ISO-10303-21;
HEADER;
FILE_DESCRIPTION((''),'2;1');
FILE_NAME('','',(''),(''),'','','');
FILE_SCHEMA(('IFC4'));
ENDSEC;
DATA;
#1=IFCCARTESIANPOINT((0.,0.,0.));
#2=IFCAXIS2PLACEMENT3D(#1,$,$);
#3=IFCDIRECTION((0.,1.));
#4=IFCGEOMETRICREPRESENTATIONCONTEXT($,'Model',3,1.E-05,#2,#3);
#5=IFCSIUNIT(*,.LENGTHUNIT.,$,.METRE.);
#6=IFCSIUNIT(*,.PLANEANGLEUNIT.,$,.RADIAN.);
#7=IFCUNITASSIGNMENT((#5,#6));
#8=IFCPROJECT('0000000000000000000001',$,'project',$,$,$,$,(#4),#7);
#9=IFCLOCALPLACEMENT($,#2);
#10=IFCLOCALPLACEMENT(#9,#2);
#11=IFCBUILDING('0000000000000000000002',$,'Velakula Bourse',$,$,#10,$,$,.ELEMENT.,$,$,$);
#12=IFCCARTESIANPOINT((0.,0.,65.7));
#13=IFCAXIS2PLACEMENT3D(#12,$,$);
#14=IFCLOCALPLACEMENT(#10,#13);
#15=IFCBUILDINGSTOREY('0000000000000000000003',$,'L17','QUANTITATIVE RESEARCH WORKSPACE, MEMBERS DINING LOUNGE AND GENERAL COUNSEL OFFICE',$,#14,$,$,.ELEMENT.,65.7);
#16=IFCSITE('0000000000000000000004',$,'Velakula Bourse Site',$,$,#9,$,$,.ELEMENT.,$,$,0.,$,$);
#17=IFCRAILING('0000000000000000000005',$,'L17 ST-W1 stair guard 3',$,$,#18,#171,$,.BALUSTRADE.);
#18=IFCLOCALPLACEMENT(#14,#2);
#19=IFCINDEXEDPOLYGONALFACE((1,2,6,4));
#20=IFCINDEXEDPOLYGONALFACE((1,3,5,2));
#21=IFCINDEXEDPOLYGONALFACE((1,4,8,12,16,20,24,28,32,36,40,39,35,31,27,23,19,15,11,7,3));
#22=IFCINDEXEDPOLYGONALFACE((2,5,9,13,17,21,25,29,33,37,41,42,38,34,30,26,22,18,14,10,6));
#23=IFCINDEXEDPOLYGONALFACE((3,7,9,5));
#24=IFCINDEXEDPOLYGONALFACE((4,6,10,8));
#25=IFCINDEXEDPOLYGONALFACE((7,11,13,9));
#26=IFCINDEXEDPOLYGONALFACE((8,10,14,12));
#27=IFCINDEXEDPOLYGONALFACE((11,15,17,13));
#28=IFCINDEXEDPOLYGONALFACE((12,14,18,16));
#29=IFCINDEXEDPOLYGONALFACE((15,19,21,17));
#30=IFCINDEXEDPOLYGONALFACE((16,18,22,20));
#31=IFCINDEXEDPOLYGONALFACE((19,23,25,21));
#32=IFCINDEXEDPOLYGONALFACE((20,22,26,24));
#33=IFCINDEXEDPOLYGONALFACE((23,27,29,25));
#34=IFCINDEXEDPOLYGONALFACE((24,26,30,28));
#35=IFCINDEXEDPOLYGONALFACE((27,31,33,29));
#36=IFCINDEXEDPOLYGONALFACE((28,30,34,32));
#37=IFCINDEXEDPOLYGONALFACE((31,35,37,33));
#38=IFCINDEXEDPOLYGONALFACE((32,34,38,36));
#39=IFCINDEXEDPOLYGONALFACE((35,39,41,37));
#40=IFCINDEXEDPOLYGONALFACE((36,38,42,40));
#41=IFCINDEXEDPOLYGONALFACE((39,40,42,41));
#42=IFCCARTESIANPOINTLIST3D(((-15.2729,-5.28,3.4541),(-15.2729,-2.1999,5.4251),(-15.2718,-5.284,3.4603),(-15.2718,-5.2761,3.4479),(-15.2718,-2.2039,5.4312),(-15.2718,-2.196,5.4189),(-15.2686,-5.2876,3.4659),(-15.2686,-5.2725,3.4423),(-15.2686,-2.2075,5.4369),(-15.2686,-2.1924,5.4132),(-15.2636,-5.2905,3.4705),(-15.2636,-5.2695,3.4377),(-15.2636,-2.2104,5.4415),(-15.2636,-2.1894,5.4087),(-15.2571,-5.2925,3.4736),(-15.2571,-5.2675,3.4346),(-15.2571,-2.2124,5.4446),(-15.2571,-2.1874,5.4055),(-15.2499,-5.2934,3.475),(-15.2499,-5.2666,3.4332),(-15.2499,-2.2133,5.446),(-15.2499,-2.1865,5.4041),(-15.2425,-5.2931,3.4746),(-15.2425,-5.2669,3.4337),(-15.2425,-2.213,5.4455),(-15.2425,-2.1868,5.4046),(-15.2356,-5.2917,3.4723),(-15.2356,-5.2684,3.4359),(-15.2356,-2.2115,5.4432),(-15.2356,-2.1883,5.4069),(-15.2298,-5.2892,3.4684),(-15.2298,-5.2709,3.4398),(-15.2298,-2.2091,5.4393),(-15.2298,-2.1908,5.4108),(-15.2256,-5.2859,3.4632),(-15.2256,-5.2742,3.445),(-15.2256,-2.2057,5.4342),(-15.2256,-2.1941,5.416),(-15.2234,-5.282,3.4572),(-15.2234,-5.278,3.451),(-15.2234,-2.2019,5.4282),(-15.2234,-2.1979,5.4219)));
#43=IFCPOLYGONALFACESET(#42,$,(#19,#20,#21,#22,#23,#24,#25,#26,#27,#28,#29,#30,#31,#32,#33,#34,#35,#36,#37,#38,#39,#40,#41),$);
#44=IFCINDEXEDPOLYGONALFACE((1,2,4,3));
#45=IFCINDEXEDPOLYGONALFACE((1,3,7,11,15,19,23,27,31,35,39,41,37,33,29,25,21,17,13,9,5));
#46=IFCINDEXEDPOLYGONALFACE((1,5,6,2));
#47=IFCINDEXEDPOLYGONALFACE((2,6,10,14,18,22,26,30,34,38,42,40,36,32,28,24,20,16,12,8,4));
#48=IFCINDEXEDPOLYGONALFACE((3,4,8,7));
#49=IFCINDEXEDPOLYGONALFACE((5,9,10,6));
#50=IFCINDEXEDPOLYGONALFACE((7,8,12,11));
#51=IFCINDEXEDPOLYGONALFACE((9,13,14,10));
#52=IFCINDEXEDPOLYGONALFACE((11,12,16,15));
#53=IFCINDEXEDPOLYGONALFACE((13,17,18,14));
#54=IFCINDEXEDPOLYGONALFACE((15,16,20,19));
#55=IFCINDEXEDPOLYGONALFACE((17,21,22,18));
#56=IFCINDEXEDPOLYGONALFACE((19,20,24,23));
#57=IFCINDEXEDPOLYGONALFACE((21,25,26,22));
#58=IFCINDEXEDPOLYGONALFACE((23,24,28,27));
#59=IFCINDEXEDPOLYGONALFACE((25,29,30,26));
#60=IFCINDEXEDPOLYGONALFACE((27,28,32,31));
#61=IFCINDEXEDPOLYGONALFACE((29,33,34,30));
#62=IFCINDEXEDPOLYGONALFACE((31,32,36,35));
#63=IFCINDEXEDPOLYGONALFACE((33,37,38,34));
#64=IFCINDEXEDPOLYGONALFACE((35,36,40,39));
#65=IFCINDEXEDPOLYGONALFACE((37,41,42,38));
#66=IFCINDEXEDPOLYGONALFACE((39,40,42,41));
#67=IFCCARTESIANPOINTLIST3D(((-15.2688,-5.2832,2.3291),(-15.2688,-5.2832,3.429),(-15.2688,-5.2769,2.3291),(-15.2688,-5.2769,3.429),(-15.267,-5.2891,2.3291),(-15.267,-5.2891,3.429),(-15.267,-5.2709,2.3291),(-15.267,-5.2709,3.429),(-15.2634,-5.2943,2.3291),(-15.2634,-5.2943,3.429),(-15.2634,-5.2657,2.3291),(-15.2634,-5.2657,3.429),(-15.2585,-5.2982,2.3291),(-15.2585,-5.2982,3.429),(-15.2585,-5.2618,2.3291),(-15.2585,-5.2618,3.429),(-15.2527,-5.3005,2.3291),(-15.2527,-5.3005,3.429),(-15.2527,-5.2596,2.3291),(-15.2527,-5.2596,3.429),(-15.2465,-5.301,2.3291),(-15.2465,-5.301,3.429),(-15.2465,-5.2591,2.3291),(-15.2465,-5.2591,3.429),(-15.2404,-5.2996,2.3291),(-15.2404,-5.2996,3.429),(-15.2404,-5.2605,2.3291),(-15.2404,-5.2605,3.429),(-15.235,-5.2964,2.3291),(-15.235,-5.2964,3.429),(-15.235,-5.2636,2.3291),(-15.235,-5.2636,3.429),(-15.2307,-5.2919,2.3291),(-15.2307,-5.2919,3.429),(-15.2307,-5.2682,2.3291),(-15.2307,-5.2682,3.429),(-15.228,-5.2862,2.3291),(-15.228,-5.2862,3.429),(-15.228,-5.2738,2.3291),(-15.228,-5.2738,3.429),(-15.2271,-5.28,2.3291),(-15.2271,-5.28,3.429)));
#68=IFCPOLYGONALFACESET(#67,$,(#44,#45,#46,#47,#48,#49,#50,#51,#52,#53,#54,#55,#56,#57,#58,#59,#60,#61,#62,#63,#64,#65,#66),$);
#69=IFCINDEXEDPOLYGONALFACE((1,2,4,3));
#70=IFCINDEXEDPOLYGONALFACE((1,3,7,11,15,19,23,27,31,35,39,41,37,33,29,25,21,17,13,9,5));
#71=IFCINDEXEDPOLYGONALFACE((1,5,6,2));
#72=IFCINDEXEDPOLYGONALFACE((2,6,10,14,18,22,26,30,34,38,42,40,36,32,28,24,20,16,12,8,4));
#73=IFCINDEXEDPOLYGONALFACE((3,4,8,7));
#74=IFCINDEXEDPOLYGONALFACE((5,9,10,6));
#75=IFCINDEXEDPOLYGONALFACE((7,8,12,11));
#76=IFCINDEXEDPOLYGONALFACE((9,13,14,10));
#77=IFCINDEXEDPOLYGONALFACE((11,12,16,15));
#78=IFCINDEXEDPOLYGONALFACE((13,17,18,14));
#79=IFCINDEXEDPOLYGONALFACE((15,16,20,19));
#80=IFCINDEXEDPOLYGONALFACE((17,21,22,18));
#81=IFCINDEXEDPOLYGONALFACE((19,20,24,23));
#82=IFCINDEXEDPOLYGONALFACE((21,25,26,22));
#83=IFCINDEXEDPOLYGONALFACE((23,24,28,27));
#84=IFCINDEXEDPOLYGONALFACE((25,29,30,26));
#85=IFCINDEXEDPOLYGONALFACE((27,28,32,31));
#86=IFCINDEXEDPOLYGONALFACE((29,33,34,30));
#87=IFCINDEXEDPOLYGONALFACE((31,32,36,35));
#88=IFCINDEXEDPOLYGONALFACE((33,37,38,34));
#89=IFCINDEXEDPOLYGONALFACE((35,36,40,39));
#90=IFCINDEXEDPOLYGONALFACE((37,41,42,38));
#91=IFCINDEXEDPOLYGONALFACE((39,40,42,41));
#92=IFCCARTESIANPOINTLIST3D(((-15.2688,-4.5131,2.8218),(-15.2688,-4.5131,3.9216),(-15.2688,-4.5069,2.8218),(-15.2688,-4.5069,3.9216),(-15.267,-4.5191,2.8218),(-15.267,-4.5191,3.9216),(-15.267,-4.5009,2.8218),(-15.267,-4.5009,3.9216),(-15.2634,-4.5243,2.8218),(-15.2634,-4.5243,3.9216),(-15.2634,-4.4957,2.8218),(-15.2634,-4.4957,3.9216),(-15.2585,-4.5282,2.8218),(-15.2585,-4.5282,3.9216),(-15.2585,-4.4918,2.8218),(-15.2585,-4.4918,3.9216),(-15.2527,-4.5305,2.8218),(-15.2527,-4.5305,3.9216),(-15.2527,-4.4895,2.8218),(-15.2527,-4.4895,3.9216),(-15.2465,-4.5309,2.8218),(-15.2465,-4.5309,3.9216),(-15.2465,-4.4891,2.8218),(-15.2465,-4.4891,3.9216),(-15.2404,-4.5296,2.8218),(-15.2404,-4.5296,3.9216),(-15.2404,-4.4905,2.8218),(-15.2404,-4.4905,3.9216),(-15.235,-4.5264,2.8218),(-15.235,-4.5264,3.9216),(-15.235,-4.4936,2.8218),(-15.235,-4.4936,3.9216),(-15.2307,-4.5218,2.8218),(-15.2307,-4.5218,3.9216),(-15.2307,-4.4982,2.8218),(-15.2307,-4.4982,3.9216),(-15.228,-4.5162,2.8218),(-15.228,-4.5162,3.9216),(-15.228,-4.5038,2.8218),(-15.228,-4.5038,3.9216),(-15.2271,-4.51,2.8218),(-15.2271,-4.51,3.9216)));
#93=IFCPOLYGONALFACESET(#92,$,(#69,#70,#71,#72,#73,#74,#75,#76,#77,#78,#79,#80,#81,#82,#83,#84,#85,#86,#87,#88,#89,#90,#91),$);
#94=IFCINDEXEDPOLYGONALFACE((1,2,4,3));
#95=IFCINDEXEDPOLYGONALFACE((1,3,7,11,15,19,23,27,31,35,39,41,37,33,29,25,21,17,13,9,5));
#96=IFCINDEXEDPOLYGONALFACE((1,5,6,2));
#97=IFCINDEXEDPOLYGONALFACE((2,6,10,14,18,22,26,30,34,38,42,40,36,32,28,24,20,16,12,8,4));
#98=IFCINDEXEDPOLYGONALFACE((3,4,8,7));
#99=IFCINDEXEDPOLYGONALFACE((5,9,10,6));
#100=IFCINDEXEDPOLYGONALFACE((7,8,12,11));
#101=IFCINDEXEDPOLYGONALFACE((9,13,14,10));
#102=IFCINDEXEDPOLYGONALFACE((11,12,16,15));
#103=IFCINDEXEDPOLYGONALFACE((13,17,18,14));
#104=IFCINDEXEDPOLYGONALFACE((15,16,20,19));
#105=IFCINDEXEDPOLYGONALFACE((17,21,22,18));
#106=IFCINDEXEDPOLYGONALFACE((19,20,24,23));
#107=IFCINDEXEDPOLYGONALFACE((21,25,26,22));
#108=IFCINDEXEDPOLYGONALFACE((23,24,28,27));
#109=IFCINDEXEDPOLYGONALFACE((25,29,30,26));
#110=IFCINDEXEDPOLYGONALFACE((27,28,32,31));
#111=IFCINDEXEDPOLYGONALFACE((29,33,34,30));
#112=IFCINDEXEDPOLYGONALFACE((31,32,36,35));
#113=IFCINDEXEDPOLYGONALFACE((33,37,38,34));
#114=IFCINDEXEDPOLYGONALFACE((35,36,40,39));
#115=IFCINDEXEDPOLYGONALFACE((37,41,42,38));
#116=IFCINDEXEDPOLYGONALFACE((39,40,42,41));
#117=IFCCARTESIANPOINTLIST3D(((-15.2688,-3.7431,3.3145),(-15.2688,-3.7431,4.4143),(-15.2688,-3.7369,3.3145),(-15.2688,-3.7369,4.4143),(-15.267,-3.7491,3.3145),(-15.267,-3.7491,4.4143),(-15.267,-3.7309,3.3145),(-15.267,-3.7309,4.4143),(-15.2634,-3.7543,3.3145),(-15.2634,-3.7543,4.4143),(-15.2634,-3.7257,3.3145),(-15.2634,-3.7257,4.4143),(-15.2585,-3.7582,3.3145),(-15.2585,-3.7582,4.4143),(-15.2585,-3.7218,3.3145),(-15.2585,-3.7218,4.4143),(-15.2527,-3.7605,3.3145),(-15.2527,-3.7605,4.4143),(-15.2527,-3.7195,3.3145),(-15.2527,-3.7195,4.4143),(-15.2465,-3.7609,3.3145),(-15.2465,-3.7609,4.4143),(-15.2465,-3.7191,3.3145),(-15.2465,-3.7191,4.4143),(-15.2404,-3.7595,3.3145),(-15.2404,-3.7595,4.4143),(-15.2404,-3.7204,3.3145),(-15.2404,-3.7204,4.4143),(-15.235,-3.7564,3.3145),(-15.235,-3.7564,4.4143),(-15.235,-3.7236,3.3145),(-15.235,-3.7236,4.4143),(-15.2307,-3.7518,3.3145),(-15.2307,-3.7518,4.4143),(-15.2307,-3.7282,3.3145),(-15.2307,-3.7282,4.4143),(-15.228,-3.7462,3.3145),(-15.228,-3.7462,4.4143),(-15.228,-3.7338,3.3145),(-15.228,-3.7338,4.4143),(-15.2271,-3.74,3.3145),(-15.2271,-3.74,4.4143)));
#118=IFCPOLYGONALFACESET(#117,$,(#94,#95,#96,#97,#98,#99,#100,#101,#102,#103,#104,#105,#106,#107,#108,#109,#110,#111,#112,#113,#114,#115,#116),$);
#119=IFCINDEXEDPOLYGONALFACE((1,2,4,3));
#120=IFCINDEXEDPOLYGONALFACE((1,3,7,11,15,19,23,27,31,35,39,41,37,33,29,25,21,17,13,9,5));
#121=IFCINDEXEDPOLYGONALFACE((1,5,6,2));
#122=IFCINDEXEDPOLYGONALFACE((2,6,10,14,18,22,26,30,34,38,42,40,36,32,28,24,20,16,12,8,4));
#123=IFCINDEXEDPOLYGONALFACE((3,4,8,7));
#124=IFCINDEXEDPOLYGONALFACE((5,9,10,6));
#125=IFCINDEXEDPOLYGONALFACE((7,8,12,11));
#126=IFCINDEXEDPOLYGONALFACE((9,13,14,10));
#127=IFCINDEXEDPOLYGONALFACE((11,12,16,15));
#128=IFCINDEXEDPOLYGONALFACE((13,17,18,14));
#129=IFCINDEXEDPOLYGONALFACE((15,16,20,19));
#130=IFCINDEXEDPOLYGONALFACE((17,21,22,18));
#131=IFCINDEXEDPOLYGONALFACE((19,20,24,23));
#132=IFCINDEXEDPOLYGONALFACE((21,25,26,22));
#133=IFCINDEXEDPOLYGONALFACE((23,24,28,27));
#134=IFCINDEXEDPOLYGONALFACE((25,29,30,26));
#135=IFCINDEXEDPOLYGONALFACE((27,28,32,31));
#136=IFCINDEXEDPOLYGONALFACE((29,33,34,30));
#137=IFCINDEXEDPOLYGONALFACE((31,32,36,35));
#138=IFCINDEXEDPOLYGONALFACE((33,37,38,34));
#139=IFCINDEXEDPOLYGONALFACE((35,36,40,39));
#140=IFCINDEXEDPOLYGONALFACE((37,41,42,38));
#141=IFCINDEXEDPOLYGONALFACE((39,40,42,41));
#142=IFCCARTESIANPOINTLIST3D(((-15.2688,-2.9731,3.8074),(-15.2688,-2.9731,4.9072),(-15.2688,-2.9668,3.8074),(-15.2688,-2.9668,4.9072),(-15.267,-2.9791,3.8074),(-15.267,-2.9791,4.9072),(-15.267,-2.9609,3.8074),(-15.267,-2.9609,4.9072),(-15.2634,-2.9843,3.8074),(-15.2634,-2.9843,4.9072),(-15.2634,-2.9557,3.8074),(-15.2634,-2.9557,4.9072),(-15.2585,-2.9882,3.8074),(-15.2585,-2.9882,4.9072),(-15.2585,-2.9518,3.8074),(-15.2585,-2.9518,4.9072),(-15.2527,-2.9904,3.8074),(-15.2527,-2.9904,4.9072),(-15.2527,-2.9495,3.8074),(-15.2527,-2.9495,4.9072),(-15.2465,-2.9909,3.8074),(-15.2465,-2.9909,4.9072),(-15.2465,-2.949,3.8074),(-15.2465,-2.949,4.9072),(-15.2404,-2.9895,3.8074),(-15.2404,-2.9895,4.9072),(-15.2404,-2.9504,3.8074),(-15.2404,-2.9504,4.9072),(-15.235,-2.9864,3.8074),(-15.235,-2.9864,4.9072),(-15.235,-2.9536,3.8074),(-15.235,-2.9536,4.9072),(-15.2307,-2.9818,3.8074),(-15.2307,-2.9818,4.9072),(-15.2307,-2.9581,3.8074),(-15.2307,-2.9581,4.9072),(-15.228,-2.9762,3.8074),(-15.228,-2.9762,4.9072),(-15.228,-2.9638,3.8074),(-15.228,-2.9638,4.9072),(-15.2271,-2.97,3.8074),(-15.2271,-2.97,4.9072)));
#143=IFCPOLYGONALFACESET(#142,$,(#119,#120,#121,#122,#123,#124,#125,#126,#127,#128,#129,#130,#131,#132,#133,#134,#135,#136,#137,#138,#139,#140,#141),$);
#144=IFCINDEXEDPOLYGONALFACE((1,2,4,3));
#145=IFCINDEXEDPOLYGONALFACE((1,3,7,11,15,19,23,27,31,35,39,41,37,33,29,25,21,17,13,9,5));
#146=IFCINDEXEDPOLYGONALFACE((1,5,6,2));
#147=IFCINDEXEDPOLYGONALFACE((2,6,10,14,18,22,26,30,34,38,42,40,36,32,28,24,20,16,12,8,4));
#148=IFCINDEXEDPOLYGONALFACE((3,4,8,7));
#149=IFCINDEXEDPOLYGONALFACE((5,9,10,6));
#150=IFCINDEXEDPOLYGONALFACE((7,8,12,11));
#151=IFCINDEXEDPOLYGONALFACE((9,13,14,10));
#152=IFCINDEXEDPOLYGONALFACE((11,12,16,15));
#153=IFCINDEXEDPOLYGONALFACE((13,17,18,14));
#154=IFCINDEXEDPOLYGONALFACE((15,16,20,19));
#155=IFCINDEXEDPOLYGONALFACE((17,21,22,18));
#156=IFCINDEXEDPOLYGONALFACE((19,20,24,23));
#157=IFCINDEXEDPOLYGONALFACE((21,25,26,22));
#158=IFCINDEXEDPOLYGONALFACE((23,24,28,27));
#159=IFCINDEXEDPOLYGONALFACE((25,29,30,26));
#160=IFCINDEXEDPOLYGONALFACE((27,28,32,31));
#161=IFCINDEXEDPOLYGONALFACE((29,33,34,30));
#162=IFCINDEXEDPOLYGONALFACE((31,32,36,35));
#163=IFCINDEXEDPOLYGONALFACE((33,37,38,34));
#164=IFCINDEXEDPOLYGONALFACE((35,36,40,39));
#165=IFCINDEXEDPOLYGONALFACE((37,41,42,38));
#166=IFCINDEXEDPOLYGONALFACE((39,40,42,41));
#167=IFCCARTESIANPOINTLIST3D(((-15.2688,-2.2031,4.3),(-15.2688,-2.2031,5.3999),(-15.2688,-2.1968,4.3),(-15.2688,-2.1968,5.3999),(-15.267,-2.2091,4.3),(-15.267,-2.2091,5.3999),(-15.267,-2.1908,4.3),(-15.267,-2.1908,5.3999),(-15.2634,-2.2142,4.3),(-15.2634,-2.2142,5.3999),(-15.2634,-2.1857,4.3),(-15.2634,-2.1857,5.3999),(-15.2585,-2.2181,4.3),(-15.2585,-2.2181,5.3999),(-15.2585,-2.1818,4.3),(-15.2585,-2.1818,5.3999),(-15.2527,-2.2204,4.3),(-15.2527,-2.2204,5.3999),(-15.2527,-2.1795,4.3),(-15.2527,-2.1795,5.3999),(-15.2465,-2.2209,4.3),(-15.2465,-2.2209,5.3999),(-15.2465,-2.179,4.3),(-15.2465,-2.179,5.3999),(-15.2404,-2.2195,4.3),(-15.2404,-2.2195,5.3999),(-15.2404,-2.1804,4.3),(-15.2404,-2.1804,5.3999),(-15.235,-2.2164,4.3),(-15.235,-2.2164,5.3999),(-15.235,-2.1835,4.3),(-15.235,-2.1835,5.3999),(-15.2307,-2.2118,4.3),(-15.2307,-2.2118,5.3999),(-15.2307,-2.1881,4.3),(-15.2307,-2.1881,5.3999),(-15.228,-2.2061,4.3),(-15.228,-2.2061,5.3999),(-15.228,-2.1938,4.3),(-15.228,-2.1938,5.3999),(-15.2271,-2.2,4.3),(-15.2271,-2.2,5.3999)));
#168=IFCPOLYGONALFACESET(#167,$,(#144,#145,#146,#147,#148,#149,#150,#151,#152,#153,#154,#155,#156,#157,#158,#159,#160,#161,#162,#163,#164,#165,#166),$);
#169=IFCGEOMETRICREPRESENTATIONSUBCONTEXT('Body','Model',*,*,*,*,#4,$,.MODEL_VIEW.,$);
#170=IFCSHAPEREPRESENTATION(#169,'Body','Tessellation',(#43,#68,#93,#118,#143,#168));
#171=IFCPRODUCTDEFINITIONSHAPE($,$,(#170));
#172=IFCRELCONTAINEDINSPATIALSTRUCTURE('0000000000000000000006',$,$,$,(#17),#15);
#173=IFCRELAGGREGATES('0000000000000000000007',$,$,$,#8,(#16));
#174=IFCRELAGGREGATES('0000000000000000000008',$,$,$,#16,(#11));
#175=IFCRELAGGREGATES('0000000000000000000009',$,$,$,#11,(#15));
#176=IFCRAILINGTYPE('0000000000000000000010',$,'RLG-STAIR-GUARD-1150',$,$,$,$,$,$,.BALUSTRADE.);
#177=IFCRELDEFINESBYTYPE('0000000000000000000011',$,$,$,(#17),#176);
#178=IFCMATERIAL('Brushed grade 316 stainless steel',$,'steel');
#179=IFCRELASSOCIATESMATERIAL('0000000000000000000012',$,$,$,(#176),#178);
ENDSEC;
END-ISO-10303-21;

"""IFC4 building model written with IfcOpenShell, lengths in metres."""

from ifc_helpers import new_model, si_unit, direction, frame, origin, origin_2d, place, context, subcontext, project, spatial, circle, extrude, material, type_object, element, save


model = new_model("IFC4")

# Units and contexts
model_context = context("Model", 3, precision=1e-05, world=origin(), true_north=direction((0.0, 1.0)))
body_context = subcontext(model_context, "Body", "Model", "MODEL_VIEW")
ifc_project = project(units=[si_unit("LENGTHUNIT", "METRE"), si_unit("PLANEANGLEUNIT", "RADIAN")], contexts=[model_context])

# Site, building, storey
site_placement = place(None, origin())
site = spatial("IfcSite", under=ifc_project, at=site_placement, Name="Velakula Bourse Site", CompositionType="ELEMENT", RefElevation=0.0)
building_placement = place(site_placement, origin())
building = spatial("IfcBuilding", under=site, at=building_placement, Name="Velakula Bourse", CompositionType="ELEMENT")
storey_placement = place(building_placement, frame((0.0, 0.0, 65.7)))
storey = spatial("IfcBuildingStorey", under=building, at=storey_placement, Name="L17", Description="QUANTITATIVE RESEARCH WORKSPACE, MEMBERS DINING LOUNGE AND GENERAL COUNSEL OFFICE", CompositionType="ELEMENT", Elevation=65.7)

# Shared definitions
ifc_material_1 = material(Name="Brushed grade 316 stainless steel", Category="steel")

# Railing
railing_type_1 = type_object("IfcRailingType", Name="RLG-STAIR-GUARD-1150", PredefinedType="BALUSTRADE", material=ifc_material_1)
railing_1_placement = place(storey_placement, frame((-15.248, -5.28, 2.3291)))
element("IfcRailing", 1, at=railing_1_placement, inside=storey, type_object=railing_type_1, Name="L17 ST-W1 stair guard 3", PredefinedType="BALUSTRADE", context=body_context, shape_type="SweptSolid", body=[
    extrude(circle(Radius=0.0249, at=origin_2d()), frame((0.0, 0.0, 1.125), z_axis=(0.0, 0.842309, 0.538995), x_axis=(-1.0, 0.0, 0.0)), (0.0, 0.0, 1.0), 3.6567),
    extrude(circle(Radius=0.021, at=origin_2d()), origin(), (0.0, 0.0, 1.0), 1.0999),
    extrude(circle(Radius=0.021, at=origin_2d()), frame((0.0, 0.77, 0.4927)), (0.0, 0.0, 1.0), 1.0999),
    extrude(circle(Radius=0.021, at=origin_2d()), frame((0.0, 1.54, 0.9854)), (0.0, 0.0, 1.0), 1.0999),
    extrude(circle(Radius=0.021, at=origin_2d()), frame((0.0, 2.3101, 1.4783)), (0.0, 0.0, 1.0), 1.0999),
    extrude(circle(Radius=0.021, at=origin_2d()), frame((0.0, 3.0801, 1.9709)), (0.0, 0.0, 1.0), 1.0999),
])

save(model, "model.ifc")
